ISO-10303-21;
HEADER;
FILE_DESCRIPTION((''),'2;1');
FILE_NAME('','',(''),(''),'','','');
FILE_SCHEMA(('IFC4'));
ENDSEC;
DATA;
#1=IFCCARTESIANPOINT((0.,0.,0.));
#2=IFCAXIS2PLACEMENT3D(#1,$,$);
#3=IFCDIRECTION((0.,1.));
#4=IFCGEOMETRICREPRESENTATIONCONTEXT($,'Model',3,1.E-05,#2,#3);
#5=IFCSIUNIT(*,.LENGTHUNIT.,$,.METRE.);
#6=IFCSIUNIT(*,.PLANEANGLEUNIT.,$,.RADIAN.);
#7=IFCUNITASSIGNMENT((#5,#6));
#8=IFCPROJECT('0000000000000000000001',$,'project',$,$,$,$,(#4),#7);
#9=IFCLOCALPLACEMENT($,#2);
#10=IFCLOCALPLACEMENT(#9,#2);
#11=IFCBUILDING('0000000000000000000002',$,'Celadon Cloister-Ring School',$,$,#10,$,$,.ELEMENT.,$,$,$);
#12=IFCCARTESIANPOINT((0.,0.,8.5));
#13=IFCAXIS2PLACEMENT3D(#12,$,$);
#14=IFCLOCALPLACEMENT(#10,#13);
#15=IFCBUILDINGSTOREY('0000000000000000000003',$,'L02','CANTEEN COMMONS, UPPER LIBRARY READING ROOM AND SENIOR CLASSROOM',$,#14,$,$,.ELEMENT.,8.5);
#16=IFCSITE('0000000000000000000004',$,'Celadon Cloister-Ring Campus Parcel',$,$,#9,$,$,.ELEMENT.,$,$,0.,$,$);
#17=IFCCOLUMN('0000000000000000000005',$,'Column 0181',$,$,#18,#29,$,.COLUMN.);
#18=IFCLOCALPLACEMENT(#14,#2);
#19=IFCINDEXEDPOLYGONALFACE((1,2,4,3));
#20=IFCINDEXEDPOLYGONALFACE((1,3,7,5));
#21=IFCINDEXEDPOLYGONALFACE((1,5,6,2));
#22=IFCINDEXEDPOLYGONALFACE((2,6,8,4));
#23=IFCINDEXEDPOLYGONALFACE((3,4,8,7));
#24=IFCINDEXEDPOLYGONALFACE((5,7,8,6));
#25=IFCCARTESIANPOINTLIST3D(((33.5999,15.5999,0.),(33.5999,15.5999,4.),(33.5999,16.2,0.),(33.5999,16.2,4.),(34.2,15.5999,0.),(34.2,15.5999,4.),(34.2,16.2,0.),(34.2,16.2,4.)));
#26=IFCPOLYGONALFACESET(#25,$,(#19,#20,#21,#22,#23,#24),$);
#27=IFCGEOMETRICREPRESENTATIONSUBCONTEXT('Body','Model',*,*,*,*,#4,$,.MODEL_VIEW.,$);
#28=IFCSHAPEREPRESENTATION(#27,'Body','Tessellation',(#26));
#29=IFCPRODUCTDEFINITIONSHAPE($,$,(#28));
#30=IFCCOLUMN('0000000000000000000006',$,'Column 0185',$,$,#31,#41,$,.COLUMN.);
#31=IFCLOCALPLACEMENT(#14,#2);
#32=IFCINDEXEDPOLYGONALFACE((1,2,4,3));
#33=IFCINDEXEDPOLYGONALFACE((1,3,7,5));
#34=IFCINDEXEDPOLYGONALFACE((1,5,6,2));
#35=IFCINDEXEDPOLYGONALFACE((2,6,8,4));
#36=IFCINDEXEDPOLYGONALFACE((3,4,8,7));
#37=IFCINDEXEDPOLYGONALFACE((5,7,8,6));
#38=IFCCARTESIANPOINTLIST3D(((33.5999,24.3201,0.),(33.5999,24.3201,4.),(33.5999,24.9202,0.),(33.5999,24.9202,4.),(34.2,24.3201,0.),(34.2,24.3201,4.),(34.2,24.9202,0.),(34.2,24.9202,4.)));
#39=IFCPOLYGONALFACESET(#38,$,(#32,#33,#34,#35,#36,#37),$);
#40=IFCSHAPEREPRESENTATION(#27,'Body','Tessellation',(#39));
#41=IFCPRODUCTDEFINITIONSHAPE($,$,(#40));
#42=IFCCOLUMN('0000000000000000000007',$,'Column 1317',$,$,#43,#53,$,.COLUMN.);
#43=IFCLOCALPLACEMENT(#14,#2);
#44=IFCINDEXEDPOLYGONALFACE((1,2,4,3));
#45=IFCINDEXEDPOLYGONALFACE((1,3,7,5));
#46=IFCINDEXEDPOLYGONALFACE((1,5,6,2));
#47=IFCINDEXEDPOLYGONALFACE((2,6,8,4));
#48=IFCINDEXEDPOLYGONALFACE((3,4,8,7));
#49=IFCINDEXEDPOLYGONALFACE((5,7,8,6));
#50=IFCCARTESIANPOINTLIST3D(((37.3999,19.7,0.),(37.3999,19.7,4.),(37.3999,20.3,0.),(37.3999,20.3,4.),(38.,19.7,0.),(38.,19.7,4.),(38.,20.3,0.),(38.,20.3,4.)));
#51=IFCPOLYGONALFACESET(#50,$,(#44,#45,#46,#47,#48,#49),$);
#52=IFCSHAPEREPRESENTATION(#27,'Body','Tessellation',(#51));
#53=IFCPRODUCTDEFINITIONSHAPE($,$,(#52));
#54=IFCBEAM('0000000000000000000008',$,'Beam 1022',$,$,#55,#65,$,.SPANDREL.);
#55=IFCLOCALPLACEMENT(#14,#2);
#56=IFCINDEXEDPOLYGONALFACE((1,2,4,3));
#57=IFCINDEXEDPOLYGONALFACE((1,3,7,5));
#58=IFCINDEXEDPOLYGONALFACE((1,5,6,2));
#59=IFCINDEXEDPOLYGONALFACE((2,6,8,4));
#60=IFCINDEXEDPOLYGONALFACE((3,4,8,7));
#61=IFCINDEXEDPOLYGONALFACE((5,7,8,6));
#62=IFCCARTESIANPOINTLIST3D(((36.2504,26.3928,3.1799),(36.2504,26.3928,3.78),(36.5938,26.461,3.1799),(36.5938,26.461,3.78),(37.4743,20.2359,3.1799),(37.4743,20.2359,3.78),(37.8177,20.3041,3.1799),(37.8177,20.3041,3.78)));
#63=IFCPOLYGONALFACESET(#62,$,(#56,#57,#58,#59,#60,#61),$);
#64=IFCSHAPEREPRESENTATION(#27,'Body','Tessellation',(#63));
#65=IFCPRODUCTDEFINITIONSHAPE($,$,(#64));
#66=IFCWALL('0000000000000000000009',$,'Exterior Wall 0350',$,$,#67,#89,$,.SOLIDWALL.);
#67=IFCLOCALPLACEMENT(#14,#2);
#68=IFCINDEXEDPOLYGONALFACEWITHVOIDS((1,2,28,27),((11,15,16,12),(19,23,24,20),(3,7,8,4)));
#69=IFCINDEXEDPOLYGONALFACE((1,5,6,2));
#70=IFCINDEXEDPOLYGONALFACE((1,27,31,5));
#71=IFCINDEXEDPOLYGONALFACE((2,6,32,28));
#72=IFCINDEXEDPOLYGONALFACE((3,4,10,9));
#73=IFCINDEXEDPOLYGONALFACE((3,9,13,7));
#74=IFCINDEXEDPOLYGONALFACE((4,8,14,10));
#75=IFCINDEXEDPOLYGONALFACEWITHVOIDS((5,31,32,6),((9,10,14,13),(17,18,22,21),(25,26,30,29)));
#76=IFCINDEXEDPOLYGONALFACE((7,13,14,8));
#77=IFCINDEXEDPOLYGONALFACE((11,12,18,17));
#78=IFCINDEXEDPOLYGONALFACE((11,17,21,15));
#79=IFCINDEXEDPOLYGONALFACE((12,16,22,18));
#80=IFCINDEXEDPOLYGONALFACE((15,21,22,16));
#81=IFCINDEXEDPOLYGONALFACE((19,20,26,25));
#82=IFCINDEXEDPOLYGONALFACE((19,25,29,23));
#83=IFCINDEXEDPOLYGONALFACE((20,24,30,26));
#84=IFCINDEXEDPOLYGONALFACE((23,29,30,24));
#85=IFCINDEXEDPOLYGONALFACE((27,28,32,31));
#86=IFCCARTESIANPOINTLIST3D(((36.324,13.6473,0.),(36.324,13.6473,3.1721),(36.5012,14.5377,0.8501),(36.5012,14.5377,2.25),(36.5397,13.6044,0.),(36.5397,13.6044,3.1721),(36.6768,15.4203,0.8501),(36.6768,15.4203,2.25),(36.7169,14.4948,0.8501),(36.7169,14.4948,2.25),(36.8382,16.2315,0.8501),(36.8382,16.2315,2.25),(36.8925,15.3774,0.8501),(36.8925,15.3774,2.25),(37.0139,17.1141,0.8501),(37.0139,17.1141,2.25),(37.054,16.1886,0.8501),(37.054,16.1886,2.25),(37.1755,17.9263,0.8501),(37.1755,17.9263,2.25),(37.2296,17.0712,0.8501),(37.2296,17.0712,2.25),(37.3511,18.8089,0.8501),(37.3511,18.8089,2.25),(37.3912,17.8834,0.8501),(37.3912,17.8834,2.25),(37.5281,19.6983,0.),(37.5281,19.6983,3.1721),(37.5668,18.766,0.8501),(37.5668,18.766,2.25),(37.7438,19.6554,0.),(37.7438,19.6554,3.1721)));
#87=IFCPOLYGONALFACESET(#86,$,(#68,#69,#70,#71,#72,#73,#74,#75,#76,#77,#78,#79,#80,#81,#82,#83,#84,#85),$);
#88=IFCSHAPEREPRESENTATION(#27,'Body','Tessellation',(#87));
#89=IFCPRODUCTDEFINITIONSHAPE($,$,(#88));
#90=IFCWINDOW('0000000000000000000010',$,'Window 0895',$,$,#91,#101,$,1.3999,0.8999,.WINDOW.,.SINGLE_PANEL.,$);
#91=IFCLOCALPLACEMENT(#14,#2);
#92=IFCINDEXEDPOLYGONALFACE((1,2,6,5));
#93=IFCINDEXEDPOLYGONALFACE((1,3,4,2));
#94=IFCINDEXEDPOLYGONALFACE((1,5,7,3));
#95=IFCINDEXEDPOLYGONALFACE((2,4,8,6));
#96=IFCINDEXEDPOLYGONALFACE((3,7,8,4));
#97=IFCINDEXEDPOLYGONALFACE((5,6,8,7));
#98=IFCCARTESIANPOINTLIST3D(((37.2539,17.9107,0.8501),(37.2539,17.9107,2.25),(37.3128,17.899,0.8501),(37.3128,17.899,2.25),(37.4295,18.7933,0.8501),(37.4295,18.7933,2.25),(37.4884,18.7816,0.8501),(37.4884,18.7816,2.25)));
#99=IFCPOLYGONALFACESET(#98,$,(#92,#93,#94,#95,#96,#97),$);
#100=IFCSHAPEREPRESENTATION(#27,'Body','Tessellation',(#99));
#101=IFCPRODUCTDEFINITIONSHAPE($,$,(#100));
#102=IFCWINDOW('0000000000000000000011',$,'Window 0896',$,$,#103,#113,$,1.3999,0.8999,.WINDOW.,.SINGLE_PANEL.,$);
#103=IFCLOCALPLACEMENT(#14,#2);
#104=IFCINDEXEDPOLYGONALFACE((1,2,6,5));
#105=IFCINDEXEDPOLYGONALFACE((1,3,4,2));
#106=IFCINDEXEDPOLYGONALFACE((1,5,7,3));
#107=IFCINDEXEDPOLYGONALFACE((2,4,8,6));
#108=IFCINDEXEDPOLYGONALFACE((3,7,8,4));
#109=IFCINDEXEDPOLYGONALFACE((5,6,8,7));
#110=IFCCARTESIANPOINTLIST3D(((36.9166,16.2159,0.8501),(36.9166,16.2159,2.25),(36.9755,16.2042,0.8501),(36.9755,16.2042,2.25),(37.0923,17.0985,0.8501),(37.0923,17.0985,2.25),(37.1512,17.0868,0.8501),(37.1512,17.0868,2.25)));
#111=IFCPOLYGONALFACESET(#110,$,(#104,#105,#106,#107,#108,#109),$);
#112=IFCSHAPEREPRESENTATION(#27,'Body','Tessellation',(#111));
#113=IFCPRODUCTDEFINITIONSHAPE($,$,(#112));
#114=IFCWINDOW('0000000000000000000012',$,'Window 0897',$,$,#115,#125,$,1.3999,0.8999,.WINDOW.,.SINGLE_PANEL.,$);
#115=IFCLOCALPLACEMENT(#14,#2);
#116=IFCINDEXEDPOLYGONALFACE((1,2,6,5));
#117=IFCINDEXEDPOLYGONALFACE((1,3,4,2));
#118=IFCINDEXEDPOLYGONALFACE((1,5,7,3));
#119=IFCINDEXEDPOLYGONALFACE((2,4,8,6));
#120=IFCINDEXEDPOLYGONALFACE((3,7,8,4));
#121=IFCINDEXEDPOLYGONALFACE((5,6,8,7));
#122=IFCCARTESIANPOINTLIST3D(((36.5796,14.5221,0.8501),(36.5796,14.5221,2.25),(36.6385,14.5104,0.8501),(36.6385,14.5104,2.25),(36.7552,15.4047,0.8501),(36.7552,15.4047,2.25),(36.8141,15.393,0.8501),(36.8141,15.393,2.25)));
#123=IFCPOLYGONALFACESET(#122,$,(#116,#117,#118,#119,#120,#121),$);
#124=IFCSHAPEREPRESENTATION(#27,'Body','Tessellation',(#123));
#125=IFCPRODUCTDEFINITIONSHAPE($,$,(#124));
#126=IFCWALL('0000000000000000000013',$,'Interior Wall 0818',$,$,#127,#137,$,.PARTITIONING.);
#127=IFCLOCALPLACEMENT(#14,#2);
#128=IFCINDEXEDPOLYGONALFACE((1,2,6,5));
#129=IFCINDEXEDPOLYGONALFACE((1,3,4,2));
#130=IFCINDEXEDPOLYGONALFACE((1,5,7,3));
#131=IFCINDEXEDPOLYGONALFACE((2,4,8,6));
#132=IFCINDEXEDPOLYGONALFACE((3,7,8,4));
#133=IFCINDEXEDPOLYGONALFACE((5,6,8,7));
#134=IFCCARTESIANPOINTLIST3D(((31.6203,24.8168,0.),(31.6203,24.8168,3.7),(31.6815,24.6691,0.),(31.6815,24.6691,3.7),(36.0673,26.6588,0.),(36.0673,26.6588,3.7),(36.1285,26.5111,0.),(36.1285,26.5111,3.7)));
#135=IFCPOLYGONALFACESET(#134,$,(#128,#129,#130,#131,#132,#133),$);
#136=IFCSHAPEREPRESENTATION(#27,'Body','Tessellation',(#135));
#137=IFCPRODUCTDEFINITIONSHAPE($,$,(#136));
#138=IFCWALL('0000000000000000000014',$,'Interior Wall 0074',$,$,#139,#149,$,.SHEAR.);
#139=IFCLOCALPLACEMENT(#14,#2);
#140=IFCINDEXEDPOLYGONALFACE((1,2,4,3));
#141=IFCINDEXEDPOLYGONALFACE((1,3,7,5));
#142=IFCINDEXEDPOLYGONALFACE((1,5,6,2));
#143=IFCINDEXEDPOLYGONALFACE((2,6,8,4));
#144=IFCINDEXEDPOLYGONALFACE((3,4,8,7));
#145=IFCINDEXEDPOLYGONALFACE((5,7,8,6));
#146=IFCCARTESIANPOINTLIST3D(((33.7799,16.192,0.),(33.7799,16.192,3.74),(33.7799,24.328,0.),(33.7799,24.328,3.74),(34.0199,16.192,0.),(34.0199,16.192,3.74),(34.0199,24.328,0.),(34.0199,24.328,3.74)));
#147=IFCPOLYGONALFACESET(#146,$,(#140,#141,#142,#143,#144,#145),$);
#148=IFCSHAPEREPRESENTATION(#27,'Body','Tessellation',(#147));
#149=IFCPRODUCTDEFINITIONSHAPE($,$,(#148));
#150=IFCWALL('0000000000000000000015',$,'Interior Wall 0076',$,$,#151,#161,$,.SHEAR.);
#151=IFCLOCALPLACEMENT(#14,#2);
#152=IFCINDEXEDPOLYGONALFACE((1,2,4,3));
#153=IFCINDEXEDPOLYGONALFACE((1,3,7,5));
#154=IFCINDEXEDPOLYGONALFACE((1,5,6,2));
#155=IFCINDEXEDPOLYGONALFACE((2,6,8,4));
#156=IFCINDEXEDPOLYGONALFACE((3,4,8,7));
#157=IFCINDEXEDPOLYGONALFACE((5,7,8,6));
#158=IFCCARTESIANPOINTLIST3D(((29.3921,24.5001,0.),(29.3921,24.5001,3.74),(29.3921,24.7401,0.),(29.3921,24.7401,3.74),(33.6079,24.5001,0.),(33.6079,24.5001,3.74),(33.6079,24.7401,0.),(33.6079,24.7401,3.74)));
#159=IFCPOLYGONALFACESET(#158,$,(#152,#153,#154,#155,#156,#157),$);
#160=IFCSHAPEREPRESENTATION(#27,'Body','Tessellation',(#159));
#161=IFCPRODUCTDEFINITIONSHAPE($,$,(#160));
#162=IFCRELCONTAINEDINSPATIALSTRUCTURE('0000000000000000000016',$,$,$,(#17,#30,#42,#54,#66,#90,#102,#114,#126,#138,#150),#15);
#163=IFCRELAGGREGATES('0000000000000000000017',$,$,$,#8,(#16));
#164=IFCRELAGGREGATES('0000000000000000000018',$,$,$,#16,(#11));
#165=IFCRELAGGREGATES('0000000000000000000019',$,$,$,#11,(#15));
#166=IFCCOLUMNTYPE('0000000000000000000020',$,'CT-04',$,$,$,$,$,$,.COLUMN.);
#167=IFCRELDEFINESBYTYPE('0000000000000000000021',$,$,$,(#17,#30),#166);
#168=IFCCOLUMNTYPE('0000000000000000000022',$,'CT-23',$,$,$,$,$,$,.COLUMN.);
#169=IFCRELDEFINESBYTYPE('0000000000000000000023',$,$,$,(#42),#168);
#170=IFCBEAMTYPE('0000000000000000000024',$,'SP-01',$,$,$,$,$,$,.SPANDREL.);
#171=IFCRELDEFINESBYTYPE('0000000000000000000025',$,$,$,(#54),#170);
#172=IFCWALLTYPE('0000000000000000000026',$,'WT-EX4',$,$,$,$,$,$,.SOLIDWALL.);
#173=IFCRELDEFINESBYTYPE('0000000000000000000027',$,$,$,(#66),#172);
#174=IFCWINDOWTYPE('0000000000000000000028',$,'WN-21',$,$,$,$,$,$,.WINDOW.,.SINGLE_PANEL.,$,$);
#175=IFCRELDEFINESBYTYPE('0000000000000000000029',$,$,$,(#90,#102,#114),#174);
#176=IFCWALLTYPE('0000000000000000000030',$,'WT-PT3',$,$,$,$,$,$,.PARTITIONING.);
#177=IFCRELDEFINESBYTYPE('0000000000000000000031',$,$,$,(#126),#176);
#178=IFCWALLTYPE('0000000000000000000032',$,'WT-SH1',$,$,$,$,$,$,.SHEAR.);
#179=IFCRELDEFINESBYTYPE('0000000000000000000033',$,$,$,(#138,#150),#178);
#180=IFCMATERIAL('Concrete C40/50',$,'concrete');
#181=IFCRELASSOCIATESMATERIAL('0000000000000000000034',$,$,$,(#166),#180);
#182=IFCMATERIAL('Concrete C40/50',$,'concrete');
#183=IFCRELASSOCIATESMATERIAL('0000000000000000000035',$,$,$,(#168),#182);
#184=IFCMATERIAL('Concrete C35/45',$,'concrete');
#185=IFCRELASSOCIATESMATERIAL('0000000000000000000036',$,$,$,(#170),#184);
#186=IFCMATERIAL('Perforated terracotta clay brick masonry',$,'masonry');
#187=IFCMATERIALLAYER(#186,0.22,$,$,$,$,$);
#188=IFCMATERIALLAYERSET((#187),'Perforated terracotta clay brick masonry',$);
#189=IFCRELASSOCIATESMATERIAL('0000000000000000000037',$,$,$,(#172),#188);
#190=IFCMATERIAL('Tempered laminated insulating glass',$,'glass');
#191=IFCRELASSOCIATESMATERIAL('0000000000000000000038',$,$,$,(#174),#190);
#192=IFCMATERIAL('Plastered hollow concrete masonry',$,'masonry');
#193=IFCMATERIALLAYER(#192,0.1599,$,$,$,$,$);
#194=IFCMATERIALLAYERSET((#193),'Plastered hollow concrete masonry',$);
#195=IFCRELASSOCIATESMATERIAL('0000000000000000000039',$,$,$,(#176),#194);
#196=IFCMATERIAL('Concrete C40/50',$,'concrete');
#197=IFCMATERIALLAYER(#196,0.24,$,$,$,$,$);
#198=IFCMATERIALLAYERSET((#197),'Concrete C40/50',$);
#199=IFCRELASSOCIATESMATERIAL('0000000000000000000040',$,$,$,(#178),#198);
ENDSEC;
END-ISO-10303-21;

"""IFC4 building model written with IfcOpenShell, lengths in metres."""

from ifc_helpers import new_model, si_unit, direction, frame, frame_2d, origin, origin_2d, place, context, subcontext, project, spatial, rectangle, extrude, material, layer, layer_set, material_profile, profile_set, type_object, element, fill, save


model = new_model("IFC4")

# Units and contexts
model_context = context("Model", 3, precision=1e-05, world=origin(), true_north=direction((0.0, 1.0)))
body_context = subcontext(model_context, "Body", "Model", "MODEL_VIEW")
ifc_project = project(units=[si_unit("LENGTHUNIT", "METRE"), si_unit("PLANEANGLEUNIT", "RADIAN")], contexts=[model_context])

# Site, building, storey
site_placement = place(None, origin())
site = spatial("IfcSite", under=ifc_project, at=site_placement, Name="Celadon Cloister-Ring Campus Parcel", CompositionType="ELEMENT", RefElevation=0.0)
building_placement = place(site_placement, origin())
building = spatial("IfcBuilding", under=site, at=building_placement, Name="Celadon Cloister-Ring School", CompositionType="ELEMENT")
storey_placement = place(building_placement, frame((0.0, 0.0, 8.5)))
storey = spatial("IfcBuildingStorey", under=building, at=storey_placement, Name="L02", Description="CANTEEN COMMONS, UPPER LIBRARY READING ROOM AND SENIOR CLASSROOM", CompositionType="ELEMENT", Elevation=8.5)

# Columns
ifc_material_1 = material(Name="Concrete C40/50", Category="concrete")
ifc_material_profile_1 = material_profile(ifc_material_1, rectangle(XDim=0.6001, YDim=0.6001, at=origin_2d()), Name="RC600X600")
ifc_profile_set_1 = profile_set([ifc_material_profile_1], Name="Concrete C40/50")
column_type_1 = type_object("IfcColumnType", Name="CT-04", PredefinedType="COLUMN", material=ifc_profile_set_1)
for number, where, z_axis, x_axis, name in (
    (1, (33.8999, 15.8999, 0.0), (0.0, 0.0, 1.0), (1.0, 0.0, 0.0), "Column 0181"),
    (2, (33.8999, 24.6201, 0.0), (0.0, 0.0, 1.0), (1.0, 0.0, 0.0), "Column 0185"),
):
    element("IfcColumn", number, at=place(storey_placement, frame(where, z_axis=z_axis, x_axis=x_axis)), inside=storey, type_object=column_type_1, Name=name, PredefinedType="COLUMN", context=body_context, shape_type="SweptSolid", body=[
        extrude(rectangle(XDim=0.6001, YDim=0.6001, at=origin_2d()), origin(), (0.0, 0.0, 1.0), 4.0),
    ])
ifc_material_2 = material(Name="Concrete C40/50", Category="concrete")
ifc_material_profile_2 = material_profile(ifc_material_2, rectangle(XDim=0.6001, YDim=0.6001, at=origin_2d()), Name="RC600X600")
ifc_profile_set_2 = profile_set([ifc_material_profile_2], Name="Concrete C40/50")
column_type_2 = type_object("IfcColumnType", Name="CT-23", PredefinedType="COLUMN", material=ifc_profile_set_2)
column_placement = place(storey_placement, frame((37.7, 20.0, 0.0), z_axis=(0.0, 0.0, 1.0), x_axis=(1.0, 0.0, 0.0)))
element("IfcColumn", 3, at=column_placement, inside=storey, type_object=column_type_2, Name="Column 1317", PredefinedType="COLUMN", context=body_context, shape_type="SweptSolid", body=[
    extrude(rectangle(XDim=0.6001, YDim=0.6001, at=origin_2d()), origin(), (0.0, 0.0, 1.0), 4.0),
])

# Beam
ifc_material_3 = material(Name="Concrete C35/45", Category="concrete")
ifc_material_profile_3 = material_profile(ifc_material_3, rectangle(XDim=0.3501, YDim=0.6001, at=origin_2d()), Name="RC350X600")
ifc_profile_set_3 = profile_set([ifc_material_profile_3], Name="Concrete C35/45")
beam_type = type_object("IfcBeamType", Name="SP-01", PredefinedType="SPANDREL", material=ifc_profile_set_3)
beam_placement = place(storey_placement, frame((37.646, 20.27, 3.48), z_axis=(-0.194964, 0.98081, 0.0), x_axis=(-0.98081, -0.194964, 0.0)))
element("IfcBeam", 4, at=beam_placement, inside=storey, type_object=beam_type, Name="Beam 1022", PredefinedType="SPANDREL", context=body_context, shape_type="SweptSolid", body=[
    extrude(rectangle(XDim=0.3501, YDim=0.6001, at=origin_2d()), origin(), (0.0, 0.0, 1.0), 6.2773),
])

# Wall, openings, windows
ifc_material_4 = material(Name="Perforated terracotta clay brick masonry", Category="masonry")
ifc_layer_1 = layer(ifc_material_4, 0.22)
ifc_layer_set_1 = layer_set([ifc_layer_1], Name="Perforated terracotta clay brick masonry")
wall_type_1 = type_object("IfcWallType", Name="WT-EX4", PredefinedType="SOLIDWALL", material=ifc_layer_set_1)
wall_1_placement = place(storey_placement, frame((37.636, 19.677, 0.0), z_axis=(0.0, 0.0, 1.0), x_axis=(-0.195165, -0.98077, 0.0)))
wall_1 = element("IfcWall", 5, at=wall_1_placement, inside=storey, type_object=wall_type_1, Name="Exterior Wall 0350", PredefinedType="SOLIDWALL", context=body_context, shape_type="SweptSolid", body=[
    extrude(rectangle(XDim=6.1697, YDim=0.22, at=frame_2d((3.085, 0.0))), origin(), (0.0, 0.0, 1.0), 3.1721),
])
opening_1_placement = place(wall_1_placement, frame((0.907, 0.0, 0.8501)))
opening_1 = element("IfcOpeningElement", 6, at=opening_1_placement, cuts=wall_1, PredefinedType="OPENING", context=body_context, shape_type="SweptSolid", body=[
    extrude(rectangle(XDim=0.8999, YDim=1.3999, at=frame_2d((0.45, 0.7))), frame((0.0, 0.1201, 0.0), z_axis=(0.0, -1.0, 0.0), x_axis=(1.0, 0.0, 0.0)), (0.0, 0.0, 1.0), 0.24),
])
opening_2_placement = place(wall_1_placement, frame((2.635, 0.0, 0.8501)))
opening_2 = element("IfcOpeningElement", 7, at=opening_2_placement, cuts=wall_1, PredefinedType="OPENING", context=body_context, shape_type="SweptSolid", body=[
    extrude(rectangle(XDim=0.8999, YDim=1.3999, at=frame_2d((0.45, 0.7))), frame((0.0, 0.1201, 0.0), z_axis=(0.0, -1.0, 0.0), x_axis=(1.0, 0.0, 0.0)), (0.0, 0.0, 1.0), 0.24),
])
opening_3_placement = place(wall_1_placement, frame((4.3621, 0.0, 0.8501)))
opening_3 = element("IfcOpeningElement", 8, at=opening_3_placement, cuts=wall_1, PredefinedType="OPENING", context=body_context, shape_type="SweptSolid", body=[
    extrude(rectangle(XDim=0.8999, YDim=1.3999, at=frame_2d((0.45, 0.7))), frame((0.0, 0.1201, 0.0), z_axis=(0.0, -1.0, 0.0), x_axis=(1.0, 0.0, 0.0)), (0.0, 0.0, 1.0), 0.24),
])
ifc_material_5 = material(Name="Tempered laminated insulating glass", Category="glass")
window_type = type_object("IfcWindowType", Name="WN-21", PartitioningType="SINGLE_PANEL", PredefinedType="WINDOW", material=ifc_material_5)
window_1_placement = place(opening_1_placement, origin())
window_1 = element("IfcWindow", 9, at=window_1_placement, inside=storey, type_object=window_type, Name="Window 0895", OverallHeight=1.3999, OverallWidth=0.8999, PartitioningType="SINGLE_PANEL", PredefinedType="WINDOW", context=body_context, shape_type="SweptSolid", body=[
    extrude(rectangle(XDim=0.8999, YDim=1.3999, at=frame_2d((0.45, 0.7))), frame((0.0, 0.03, 0.0), z_axis=(0.0, -1.0, 0.0), x_axis=(1.0, 0.0, 0.0)), (0.0, 0.0, 1.0), 0.0601),
])
fill(opening_1, window_1)
window_2_placement = place(opening_2_placement, origin())
window_2 = element("IfcWindow", 10, at=window_2_placement, inside=storey, type_object=window_type, Name="Window 0896", OverallHeight=1.3999, OverallWidth=0.8999, PartitioningType="SINGLE_PANEL", PredefinedType="WINDOW", context=body_context, shape_type="SweptSolid", body=[
    extrude(rectangle(XDim=0.8999, YDim=1.3999, at=frame_2d((0.45, 0.7))), frame((0.0, 0.03, 0.0), z_axis=(0.0, -1.0, 0.0), x_axis=(1.0, 0.0, 0.0)), (0.0, 0.0, 1.0), 0.0601),
])
fill(opening_2, window_2)
window_3_placement = place(opening_3_placement, origin())
window_3 = element("IfcWindow", 11, at=window_3_placement, inside=storey, type_object=window_type, Name="Window 0897", OverallHeight=1.3999, OverallWidth=0.8999, PartitioningType="SINGLE_PANEL", PredefinedType="WINDOW", context=body_context, shape_type="SweptSolid", body=[
    extrude(rectangle(XDim=0.8999, YDim=1.3999, at=frame_2d((0.45, 0.7))), frame((0.0, 0.03, 0.0), z_axis=(0.0, -1.0, 0.0), x_axis=(1.0, 0.0, 0.0)), (0.0, 0.0, 1.0), 0.0601),
])
fill(opening_3, window_3)

# Walls
ifc_material_6 = material(Name="Plastered hollow concrete masonry", Category="masonry")
ifc_layer_2 = layer(ifc_material_6, 0.1599)
ifc_layer_set_2 = layer_set([ifc_layer_2], Name="Plastered hollow concrete masonry")
wall_type_2 = type_object("IfcWallType", Name="WT-PT3", PredefinedType="PARTITIONING", material=ifc_layer_set_2)
wall_2_placement = place(storey_placement, frame((31.6509, 24.7429, 0.0), z_axis=(0.0, 0.0, 1.0), x_axis=(0.923878, 0.382688, 0.0)))
element("IfcWall", 12, at=wall_2_placement, inside=storey, type_object=wall_type_2, Name="Interior Wall 0818", PredefinedType="PARTITIONING", context=body_context, shape_type="SweptSolid", body=[
    extrude(rectangle(XDim=4.8135, YDim=0.1599, at=frame_2d((2.4067, 0.0))), origin(), (0.0, 0.0, 1.0), 3.7),
])
ifc_material_7 = material(Name="Concrete C40/50", Category="concrete")
ifc_layer_3 = layer(ifc_material_7, 0.24)
ifc_layer_set_3 = layer_set([ifc_layer_3], Name="Concrete C40/50")
wall_type_3 = type_object("IfcWallType", Name="WT-SH1", PredefinedType="SHEAR", material=ifc_layer_set_3)
wall_3_placement = place(storey_placement, frame((33.8999, 24.3279, 0.0), z_axis=(0.0, 0.0, 1.0), x_axis=(0.0, -1.0, 0.0)))
element("IfcWall", 13, at=wall_3_placement, inside=storey, type_object=wall_type_3, Name="Interior Wall 0074", PredefinedType="SHEAR", context=body_context, shape_type="SweptSolid", body=[
    extrude(rectangle(XDim=8.136, YDim=0.24, at=frame_2d((4.0679, 0.0))), origin(), (0.0, 0.0, 1.0), 3.74),
])
wall_4_placement = place(storey_placement, frame((33.6079, 24.6201, 0.0), z_axis=(0.0, 0.0, 1.0), x_axis=(-1.0, 0.0, 0.0)))
element("IfcWall", 14, at=wall_4_placement, inside=storey, type_object=wall_type_3, Name="Interior Wall 0076", PredefinedType="SHEAR", context=body_context, shape_type="SweptSolid", body=[
    extrude(rectangle(XDim=4.2158, YDim=0.24, at=frame_2d((2.1079, 0.0))), origin(), (0.0, 0.0, 1.0), 3.74),
])

save(model, "model.ifc")
